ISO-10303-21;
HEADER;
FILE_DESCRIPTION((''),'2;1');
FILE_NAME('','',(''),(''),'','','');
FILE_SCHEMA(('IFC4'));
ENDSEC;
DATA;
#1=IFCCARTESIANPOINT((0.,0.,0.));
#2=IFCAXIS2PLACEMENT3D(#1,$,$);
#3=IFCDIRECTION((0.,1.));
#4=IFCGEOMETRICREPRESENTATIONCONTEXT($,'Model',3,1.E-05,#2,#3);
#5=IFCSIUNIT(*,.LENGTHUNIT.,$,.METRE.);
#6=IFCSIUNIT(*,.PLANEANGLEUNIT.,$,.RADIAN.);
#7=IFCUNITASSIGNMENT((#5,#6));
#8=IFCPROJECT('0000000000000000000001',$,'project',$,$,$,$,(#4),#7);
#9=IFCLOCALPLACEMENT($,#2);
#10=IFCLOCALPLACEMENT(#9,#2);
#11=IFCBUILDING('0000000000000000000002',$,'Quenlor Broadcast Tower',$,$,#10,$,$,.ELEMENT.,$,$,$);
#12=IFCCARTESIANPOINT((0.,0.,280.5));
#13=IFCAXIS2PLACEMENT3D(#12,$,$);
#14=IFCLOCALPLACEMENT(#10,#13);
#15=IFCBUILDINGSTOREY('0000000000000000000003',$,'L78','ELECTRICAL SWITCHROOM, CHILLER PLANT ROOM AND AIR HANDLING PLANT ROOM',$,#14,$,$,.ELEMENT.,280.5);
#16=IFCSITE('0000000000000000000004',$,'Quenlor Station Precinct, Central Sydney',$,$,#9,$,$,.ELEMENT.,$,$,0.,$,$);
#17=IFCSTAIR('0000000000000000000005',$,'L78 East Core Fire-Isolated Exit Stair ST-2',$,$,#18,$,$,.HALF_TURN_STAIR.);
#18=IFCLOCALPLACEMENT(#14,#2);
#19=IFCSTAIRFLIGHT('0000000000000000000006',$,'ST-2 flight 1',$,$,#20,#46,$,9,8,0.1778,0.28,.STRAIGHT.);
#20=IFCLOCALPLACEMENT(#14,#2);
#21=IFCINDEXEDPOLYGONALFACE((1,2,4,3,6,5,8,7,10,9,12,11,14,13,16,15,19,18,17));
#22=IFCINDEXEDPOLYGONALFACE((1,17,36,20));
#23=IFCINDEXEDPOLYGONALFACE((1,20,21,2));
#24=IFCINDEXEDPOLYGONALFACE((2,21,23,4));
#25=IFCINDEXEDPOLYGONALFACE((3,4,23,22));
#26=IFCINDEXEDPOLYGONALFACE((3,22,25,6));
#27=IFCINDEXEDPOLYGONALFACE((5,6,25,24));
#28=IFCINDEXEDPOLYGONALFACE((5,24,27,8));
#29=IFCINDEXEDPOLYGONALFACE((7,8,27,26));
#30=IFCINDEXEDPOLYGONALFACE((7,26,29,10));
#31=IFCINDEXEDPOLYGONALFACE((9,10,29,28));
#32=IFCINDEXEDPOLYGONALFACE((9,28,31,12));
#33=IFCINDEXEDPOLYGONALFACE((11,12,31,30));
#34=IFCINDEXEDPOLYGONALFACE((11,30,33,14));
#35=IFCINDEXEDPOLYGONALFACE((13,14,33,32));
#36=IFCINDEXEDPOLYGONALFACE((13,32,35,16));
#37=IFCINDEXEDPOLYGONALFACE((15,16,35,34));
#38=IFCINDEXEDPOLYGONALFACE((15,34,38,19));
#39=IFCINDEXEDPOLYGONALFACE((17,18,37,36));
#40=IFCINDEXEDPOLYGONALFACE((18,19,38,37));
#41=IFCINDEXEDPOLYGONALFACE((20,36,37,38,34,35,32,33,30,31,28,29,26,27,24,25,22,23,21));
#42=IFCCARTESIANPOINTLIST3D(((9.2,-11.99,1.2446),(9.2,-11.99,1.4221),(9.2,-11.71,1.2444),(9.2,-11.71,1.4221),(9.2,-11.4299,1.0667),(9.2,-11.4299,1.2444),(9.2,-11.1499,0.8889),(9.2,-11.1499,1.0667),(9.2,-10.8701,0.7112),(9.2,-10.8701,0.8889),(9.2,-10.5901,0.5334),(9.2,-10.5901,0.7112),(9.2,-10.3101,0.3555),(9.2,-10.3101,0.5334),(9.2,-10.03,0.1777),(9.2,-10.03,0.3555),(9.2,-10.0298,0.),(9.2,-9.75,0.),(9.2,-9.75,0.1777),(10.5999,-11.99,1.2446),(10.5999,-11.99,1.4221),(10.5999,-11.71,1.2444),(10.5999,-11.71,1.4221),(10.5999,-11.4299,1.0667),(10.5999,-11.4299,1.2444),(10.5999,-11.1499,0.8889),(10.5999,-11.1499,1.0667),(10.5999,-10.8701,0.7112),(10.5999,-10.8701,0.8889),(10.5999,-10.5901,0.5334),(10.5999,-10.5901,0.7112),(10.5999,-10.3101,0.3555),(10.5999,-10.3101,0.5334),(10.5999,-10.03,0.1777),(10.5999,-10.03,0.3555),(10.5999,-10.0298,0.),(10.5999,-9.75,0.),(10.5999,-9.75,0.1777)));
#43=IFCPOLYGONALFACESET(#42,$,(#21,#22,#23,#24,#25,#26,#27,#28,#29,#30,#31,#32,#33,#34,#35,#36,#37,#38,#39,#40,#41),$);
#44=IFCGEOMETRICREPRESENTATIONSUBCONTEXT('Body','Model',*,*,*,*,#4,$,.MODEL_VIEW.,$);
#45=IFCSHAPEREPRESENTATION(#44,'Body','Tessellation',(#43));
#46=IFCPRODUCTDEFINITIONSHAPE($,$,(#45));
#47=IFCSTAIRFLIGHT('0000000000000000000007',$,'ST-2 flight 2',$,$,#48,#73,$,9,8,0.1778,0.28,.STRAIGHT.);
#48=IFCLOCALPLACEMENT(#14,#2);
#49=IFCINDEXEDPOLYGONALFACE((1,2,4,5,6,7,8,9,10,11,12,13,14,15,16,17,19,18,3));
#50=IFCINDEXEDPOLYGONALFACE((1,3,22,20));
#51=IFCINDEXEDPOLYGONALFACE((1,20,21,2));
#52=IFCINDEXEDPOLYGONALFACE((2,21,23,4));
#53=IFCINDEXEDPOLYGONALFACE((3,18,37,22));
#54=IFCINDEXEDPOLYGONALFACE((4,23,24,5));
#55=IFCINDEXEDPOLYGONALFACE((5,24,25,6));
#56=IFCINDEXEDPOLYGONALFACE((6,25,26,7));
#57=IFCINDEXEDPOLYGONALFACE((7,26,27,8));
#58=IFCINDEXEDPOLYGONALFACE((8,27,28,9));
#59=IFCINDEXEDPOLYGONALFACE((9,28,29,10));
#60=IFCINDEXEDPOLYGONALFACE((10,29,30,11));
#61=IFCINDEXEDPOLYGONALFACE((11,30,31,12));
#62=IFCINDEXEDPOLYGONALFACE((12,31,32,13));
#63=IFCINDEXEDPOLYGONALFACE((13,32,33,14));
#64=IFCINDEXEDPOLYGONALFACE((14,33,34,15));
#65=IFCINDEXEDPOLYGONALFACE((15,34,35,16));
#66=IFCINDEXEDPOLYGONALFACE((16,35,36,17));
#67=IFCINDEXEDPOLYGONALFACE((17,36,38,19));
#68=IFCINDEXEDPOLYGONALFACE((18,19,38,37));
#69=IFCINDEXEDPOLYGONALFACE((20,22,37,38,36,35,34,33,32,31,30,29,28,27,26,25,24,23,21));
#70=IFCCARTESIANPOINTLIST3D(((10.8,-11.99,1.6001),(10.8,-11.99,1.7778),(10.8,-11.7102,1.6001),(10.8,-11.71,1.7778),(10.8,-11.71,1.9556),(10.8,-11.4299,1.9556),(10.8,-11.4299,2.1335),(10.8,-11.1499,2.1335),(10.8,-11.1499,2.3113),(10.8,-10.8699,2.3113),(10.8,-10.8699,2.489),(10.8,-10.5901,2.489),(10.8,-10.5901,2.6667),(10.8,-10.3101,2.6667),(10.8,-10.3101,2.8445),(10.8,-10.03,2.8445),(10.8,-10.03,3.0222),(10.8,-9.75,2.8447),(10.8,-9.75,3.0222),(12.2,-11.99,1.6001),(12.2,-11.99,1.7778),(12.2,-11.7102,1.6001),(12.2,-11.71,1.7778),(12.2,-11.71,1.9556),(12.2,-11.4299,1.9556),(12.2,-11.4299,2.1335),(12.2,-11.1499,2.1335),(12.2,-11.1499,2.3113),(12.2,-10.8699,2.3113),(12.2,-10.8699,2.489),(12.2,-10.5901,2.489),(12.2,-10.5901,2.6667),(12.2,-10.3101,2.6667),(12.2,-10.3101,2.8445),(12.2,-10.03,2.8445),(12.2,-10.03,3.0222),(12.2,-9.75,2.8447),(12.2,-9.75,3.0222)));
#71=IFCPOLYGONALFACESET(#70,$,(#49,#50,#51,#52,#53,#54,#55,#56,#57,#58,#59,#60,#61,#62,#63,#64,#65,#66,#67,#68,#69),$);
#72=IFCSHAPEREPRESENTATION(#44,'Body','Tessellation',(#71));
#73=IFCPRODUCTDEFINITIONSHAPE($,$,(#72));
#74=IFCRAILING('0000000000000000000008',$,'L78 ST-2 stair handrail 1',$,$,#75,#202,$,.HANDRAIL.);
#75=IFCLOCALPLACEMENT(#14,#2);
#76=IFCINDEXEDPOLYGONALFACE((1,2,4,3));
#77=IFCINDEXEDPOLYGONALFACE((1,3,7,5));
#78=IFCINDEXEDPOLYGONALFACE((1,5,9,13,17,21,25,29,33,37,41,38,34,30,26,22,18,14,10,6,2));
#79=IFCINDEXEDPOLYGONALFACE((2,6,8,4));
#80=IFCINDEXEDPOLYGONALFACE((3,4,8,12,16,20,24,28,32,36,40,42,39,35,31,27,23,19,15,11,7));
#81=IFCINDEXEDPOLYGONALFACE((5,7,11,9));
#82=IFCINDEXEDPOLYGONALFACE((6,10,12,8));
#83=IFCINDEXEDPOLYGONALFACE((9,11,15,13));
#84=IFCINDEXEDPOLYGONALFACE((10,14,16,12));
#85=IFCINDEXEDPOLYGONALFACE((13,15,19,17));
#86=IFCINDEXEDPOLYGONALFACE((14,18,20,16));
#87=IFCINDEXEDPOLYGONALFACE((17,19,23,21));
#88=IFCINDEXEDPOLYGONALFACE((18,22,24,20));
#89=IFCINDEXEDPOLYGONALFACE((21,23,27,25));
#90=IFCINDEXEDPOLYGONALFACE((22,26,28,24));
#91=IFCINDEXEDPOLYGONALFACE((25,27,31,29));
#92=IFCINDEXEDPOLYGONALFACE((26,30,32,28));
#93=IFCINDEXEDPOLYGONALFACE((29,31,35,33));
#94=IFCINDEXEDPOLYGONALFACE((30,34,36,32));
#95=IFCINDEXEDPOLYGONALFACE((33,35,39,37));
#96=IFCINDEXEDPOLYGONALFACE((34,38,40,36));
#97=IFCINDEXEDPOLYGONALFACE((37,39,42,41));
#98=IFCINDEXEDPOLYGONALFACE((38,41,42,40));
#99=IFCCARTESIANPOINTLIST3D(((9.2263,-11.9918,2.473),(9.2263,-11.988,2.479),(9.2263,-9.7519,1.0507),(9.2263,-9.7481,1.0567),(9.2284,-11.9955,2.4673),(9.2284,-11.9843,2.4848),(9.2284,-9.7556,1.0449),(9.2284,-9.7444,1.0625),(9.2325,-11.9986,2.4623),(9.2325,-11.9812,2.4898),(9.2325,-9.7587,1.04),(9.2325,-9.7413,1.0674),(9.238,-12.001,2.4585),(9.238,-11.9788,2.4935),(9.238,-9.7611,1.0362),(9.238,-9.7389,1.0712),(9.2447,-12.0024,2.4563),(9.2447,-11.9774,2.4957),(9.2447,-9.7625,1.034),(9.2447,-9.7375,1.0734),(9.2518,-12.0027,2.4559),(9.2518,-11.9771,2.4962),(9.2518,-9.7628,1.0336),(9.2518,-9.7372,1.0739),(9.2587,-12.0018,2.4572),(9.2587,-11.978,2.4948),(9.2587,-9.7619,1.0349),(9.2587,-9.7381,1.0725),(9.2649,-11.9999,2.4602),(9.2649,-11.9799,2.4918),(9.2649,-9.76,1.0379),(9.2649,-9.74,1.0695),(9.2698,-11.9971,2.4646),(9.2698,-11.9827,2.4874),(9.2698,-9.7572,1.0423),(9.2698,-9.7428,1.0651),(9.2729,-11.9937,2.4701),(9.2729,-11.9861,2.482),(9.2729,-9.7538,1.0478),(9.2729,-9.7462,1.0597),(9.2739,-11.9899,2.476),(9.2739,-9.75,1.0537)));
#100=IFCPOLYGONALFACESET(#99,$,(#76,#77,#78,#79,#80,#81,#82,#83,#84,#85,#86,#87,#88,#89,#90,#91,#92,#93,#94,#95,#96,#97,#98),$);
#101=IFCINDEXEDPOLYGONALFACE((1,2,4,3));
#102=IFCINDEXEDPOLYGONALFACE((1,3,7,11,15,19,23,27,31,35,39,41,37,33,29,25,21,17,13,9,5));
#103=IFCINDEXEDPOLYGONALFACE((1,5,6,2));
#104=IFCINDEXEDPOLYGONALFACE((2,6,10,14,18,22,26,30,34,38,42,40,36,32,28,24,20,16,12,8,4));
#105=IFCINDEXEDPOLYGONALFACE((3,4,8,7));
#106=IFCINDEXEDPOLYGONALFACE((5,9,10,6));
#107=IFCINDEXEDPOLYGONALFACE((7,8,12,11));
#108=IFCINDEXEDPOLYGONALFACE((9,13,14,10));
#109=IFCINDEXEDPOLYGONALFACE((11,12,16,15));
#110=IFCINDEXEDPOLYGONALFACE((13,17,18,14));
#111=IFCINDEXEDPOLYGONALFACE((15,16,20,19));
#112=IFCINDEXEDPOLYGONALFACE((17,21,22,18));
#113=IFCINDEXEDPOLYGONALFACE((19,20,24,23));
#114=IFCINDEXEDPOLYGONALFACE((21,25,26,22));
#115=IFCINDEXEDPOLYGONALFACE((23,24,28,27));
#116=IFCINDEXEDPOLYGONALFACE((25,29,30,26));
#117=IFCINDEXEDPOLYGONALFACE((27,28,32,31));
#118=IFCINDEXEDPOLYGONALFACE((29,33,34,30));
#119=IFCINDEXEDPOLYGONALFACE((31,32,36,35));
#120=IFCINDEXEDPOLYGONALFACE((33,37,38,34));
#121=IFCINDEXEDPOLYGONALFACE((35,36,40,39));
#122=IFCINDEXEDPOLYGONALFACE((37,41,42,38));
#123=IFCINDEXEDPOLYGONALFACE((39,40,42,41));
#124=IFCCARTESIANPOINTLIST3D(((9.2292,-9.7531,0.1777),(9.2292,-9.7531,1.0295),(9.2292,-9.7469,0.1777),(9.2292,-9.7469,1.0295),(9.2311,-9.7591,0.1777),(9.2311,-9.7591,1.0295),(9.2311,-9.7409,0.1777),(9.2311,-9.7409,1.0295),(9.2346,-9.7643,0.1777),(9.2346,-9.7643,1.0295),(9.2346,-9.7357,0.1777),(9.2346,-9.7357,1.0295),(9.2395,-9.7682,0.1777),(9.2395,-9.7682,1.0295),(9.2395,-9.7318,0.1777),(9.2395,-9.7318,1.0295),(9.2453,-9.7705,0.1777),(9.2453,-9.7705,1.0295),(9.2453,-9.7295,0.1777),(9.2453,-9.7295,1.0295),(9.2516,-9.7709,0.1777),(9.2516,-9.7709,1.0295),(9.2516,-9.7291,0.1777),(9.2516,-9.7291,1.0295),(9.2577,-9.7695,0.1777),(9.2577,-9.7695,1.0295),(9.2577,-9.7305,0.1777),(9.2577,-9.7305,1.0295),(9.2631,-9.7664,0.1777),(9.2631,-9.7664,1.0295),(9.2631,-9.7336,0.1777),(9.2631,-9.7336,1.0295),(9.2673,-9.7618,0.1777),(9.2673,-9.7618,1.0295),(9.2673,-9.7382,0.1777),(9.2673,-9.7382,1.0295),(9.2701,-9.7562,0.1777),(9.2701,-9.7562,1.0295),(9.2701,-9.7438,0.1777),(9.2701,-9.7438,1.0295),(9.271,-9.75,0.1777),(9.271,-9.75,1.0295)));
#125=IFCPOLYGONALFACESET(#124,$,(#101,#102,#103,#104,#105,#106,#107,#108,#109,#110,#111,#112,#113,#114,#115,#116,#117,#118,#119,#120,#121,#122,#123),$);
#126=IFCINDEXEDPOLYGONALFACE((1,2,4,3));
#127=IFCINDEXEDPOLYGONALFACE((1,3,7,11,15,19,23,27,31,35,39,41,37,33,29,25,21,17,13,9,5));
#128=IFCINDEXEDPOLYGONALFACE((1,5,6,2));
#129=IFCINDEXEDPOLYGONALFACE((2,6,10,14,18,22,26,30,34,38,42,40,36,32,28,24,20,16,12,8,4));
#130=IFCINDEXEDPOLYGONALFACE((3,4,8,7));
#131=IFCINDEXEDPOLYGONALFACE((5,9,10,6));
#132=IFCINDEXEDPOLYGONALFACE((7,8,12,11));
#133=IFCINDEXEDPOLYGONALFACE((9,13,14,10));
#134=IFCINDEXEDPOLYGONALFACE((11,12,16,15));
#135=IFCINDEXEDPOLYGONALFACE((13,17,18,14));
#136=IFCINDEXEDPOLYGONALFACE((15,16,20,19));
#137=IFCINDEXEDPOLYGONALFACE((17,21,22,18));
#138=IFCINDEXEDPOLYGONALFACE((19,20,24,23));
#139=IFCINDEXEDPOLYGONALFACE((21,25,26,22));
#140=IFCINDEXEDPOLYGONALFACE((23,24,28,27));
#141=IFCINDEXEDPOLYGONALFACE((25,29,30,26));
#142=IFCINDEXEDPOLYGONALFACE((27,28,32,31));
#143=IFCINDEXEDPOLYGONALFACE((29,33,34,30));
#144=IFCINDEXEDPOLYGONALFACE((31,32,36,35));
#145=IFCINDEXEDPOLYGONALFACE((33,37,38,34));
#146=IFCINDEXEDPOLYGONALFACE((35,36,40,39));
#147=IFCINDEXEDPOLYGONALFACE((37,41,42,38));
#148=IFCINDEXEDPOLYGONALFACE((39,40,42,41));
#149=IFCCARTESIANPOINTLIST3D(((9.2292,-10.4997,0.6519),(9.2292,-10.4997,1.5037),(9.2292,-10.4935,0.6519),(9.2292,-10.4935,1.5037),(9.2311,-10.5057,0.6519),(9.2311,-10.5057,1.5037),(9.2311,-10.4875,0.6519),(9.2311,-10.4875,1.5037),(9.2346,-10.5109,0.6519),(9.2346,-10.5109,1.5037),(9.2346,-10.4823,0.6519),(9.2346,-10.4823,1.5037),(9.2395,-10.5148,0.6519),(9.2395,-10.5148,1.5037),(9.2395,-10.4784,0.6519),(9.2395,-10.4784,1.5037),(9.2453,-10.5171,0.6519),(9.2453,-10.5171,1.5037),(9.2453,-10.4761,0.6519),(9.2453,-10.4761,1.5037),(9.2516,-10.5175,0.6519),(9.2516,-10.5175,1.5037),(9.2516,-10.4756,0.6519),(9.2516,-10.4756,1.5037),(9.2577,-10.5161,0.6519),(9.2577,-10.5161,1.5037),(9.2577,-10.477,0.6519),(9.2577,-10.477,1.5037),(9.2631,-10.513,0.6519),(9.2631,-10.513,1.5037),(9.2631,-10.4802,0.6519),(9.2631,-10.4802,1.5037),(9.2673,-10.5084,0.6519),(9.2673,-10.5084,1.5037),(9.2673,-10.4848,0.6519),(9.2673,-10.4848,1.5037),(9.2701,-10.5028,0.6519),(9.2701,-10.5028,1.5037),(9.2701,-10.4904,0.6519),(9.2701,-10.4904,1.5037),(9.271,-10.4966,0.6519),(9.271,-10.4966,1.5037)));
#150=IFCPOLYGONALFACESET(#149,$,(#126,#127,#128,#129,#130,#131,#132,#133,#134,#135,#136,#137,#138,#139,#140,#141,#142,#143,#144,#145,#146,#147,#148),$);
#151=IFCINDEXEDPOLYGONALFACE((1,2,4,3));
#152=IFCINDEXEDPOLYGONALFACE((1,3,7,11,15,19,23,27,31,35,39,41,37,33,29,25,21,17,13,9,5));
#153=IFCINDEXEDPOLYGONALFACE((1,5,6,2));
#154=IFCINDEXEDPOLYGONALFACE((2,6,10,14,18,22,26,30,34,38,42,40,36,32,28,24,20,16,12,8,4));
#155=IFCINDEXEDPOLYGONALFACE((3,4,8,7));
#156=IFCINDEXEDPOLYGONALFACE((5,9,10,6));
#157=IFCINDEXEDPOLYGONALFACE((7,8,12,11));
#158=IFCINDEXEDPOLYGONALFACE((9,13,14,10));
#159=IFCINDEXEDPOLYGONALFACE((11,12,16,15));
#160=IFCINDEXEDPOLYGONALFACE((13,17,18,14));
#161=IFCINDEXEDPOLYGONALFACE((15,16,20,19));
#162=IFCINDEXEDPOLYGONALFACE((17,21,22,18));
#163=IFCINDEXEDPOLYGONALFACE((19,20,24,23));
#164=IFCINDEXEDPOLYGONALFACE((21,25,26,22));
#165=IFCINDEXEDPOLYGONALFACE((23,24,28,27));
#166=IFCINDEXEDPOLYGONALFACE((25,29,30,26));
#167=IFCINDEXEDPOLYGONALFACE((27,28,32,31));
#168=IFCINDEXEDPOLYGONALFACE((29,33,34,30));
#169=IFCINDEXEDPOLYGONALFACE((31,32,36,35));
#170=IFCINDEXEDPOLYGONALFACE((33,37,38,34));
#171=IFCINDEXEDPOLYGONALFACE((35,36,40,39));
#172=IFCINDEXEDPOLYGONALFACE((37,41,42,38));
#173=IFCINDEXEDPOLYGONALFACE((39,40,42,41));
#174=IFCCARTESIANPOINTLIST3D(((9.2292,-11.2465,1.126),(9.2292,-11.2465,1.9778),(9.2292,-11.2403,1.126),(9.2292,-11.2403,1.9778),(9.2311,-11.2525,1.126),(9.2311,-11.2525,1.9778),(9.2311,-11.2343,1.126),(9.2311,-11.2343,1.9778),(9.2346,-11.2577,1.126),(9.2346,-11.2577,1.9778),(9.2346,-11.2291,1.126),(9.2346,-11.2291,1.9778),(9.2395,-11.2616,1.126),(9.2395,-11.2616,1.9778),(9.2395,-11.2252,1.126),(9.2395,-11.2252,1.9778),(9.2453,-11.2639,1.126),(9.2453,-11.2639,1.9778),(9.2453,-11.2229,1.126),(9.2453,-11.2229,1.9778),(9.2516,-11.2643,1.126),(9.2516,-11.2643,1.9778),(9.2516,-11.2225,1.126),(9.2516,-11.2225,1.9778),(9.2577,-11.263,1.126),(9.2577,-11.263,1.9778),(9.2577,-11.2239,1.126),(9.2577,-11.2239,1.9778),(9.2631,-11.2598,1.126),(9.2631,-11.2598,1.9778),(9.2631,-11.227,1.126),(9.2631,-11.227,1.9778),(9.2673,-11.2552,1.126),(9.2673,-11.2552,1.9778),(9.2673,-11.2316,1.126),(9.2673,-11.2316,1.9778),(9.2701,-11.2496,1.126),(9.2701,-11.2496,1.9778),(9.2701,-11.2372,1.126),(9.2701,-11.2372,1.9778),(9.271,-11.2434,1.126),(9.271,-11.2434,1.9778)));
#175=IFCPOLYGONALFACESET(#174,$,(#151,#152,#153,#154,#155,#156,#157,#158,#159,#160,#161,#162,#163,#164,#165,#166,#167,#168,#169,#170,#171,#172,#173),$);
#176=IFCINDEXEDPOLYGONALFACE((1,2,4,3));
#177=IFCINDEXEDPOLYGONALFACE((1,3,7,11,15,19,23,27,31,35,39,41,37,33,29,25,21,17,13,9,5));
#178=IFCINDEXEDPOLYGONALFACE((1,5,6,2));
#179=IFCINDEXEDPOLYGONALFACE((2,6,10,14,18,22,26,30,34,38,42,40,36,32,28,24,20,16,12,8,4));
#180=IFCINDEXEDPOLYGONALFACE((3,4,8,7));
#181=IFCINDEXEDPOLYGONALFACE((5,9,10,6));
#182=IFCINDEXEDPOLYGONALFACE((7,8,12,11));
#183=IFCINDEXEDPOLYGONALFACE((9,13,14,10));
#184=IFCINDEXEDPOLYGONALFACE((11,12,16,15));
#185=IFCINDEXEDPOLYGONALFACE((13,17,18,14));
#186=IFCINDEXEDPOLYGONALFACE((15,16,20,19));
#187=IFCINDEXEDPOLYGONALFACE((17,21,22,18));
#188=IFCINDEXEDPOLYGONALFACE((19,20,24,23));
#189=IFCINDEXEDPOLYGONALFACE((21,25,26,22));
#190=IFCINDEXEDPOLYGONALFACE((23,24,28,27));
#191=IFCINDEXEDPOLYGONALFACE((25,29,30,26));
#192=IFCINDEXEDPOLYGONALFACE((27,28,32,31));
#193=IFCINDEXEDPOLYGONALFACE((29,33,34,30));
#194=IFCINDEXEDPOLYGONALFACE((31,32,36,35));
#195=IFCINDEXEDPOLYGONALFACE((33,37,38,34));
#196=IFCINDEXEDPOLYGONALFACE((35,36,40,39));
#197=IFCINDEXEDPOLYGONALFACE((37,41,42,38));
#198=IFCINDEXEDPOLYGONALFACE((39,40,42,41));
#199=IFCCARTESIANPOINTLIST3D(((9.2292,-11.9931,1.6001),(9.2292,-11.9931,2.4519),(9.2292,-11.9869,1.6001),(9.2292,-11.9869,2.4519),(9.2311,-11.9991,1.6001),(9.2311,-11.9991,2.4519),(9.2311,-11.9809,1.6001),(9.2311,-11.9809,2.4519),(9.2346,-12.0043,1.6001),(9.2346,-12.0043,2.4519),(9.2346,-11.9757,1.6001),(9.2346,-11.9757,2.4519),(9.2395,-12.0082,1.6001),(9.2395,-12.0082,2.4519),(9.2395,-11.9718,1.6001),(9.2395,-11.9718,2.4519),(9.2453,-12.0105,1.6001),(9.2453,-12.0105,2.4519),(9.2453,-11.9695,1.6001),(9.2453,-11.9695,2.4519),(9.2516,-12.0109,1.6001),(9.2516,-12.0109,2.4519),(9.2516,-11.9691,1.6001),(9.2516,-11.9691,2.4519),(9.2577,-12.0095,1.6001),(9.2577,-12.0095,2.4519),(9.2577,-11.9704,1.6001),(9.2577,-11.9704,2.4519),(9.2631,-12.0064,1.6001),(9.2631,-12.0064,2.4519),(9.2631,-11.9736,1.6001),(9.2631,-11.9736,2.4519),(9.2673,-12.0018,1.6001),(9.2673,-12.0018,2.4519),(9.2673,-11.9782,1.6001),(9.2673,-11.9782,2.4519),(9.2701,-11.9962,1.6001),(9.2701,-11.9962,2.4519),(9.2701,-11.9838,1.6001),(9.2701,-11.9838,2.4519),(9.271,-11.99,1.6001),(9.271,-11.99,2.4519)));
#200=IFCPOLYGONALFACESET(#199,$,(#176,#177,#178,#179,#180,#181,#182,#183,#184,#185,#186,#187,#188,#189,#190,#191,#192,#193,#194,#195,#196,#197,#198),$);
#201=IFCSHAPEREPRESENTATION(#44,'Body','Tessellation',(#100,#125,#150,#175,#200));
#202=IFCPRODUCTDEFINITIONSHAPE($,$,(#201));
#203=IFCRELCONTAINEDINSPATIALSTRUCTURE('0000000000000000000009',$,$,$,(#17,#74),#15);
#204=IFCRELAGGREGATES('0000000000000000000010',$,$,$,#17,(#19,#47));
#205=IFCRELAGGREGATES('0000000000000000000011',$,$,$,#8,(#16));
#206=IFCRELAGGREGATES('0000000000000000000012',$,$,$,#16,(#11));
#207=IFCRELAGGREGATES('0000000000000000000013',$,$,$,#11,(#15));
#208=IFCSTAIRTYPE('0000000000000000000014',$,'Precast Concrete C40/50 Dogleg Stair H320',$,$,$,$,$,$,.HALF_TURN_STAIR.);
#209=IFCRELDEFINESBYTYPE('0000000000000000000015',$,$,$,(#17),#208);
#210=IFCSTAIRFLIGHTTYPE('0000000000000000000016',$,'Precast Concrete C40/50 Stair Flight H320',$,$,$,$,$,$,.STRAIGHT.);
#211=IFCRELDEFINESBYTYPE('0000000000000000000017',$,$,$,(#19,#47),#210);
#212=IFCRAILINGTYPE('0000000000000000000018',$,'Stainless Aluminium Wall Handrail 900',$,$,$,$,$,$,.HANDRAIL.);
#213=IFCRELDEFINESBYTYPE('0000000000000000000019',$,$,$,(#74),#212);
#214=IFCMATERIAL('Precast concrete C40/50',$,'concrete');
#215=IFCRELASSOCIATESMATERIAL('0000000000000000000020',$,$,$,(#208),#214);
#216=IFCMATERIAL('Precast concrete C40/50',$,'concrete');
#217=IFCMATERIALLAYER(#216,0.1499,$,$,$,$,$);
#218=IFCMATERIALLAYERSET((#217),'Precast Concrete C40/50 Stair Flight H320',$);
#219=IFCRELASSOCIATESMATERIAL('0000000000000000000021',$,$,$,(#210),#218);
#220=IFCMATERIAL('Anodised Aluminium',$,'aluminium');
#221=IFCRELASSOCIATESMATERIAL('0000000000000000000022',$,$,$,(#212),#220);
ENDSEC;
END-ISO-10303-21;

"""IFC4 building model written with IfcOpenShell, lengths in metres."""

from ifc_helpers import new_model, si_unit, direction, frame, origin, origin_2d, place, context, subcontext, project, spatial, polyline, circle, outline, extrude, material, layer, layer_set, type_object, element, aggregate, save


model = new_model("IFC4")

# Units and contexts
model_context = context("Model", 3, precision=1e-05, world=origin(), true_north=direction((0.0, 1.0)))
body_context = subcontext(model_context, "Body", "Model", "MODEL_VIEW")
ifc_project = project(units=[si_unit("LENGTHUNIT", "METRE"), si_unit("PLANEANGLEUNIT", "RADIAN")], contexts=[model_context])

# Site, building, storey
site_placement = place(None, origin())
site = spatial("IfcSite", under=ifc_project, at=site_placement, Name="Quenlor Station Precinct, Central Sydney", CompositionType="ELEMENT", RefElevation=0.0)
building_placement = place(site_placement, origin())
building = spatial("IfcBuilding", under=site, at=building_placement, Name="Quenlor Broadcast Tower", CompositionType="ELEMENT")
storey_placement = place(building_placement, frame((0.0, 0.0, 280.5)))
storey = spatial("IfcBuildingStorey", under=building, at=storey_placement, Name="L78", Description="ELECTRICAL SWITCHROOM, CHILLER PLANT ROOM AND AIR HANDLING PLANT ROOM", CompositionType="ELEMENT", Elevation=280.5)

# Stair, stair flights
ifc_material_1 = material(Name="Precast concrete C40/50", Category="concrete")
stair_type = type_object("IfcStairType", Name="Precast Concrete C40/50 Dogleg Stair H320", PredefinedType="HALF_TURN_STAIR", material=ifc_material_1)
stair_placement = place(storey_placement, origin())
stair = element("IfcStair", 1, at=stair_placement, inside=storey, type_object=stair_type, Name="L78 East Core Fire-Isolated Exit Stair ST-2", PredefinedType="HALF_TURN_STAIR")
ifc_material_2 = material(Name="Precast concrete C40/50", Category="concrete")
ifc_layer_1 = layer(ifc_material_2, 0.1499)
ifc_layer_set_1 = layer_set([ifc_layer_1], Name="Precast Concrete C40/50 Stair Flight H320")
stair_flight_type = type_object("IfcStairFlightType", Name="Precast Concrete C40/50 Stair Flight H320", PredefinedType="STRAIGHT", material=ifc_layer_set_1)
stair_flight_1_placement = place(storey_placement, frame((9.8999, -9.75, 0.0), z_axis=(0.0, 0.0, 1.0), x_axis=(0.0, -1.0, 0.0)))
stair_flight_1 = element("IfcStairFlight", 2, at=stair_flight_1_placement, type_object=stair_flight_type, Name="ST-2 flight 1", NumberOfRisers=9, NumberOfTreads=8, PredefinedType="STRAIGHT", RiserHeight=0.1778, TreadLength=0.28, context=body_context, shape_type="SweptSolid", body=[
    extrude(outline(polyline([(0.0, 0.0), (0.0, 0.1777), (0.28, 0.1777), (0.28, 0.3555), (0.5601, 0.3555), (0.5601, 0.5334), (0.8401, 0.5334), (0.8401, 0.7112), (1.1201, 0.7112), (1.1201, 0.8889), (1.3999, 0.8889), (1.3999, 1.0667), (1.6799, 1.0667), (1.6799, 1.2444), (1.96, 1.2444), (1.96, 1.4221), (2.24, 1.4221), (2.24, 1.6001), (2.24, 1.2446), (0.2798, 0.0), (0.0, 0.0)])), frame((0.0, 0.7, 0.0), z_axis=(0.0, -1.0, 0.0), x_axis=(1.0, 0.0, 0.0)), (0.0, 0.0, 1.0), 1.3999),
])
stair_flight_2_placement = place(storey_placement, frame((11.5, -11.99, 1.6001), z_axis=(0.0, 0.0, 1.0), x_axis=(0.0, 1.0, 0.0)))
stair_flight_2 = element("IfcStairFlight", 3, at=stair_flight_2_placement, type_object=stair_flight_type, Name="ST-2 flight 2", NumberOfRisers=9, NumberOfTreads=8, PredefinedType="STRAIGHT", RiserHeight=0.1778, TreadLength=0.28, context=body_context, shape_type="SweptSolid", body=[
    extrude(outline(polyline([(0.0, 0.0), (0.0, 0.1777), (0.28, 0.1777), (0.28, 0.3555), (0.5601, 0.3555), (0.5601, 0.5334), (0.8401, 0.5334), (0.8401, 0.7112), (1.1201, 0.7112), (1.1201, 0.8889), (1.3999, 0.8889), (1.3999, 1.0667), (1.6799, 1.0667), (1.6799, 1.2444), (1.96, 1.2444), (1.96, 1.4221), (2.24, 1.4221), (2.24, 1.6001), (2.24, 1.2446), (0.2798, 0.0), (0.0, 0.0)])), frame((0.0, 0.7, 0.0), z_axis=(0.0, -1.0, 0.0), x_axis=(1.0, 0.0, 0.0)), (0.0, 0.0, 1.0), 1.3999),
])
aggregate(stair, [stair_flight_1, stair_flight_2])

# Railing
ifc_material_3 = material(Name="Anodised Aluminium", Category="aluminium")
railing_type_1 = type_object("IfcRailingType", Name="Stainless Aluminium Wall Handrail 900", PredefinedType="HANDRAIL", material=ifc_material_3)
railing_1_placement = place(storey_placement, frame((9.25, -9.75, 0.1777)))
element("IfcRailing", 4, at=railing_1_placement, inside=storey, type_object=railing_type_1, Name="L78 ST-2 stair handrail 1", PredefinedType="HANDRAIL", context=body_context, shape_type="SweptSolid", body=[
    extrude(circle(Radius=0.0239, at=origin_2d()), frame((0.0, 0.0, 0.876), z_axis=(0.0, -0.844188, 0.536048), x_axis=(1.0, 0.0, 0.0)), (0.0, 0.0, 1.0), 2.6533),
    extrude(circle(Radius=0.021, at=origin_2d()), origin(), (0.0, 0.0, 1.0), 0.8518),
    extrude(circle(Radius=0.021, at=origin_2d()), frame((0.0, -0.7466, 0.4741)), (0.0, 0.0, 1.0), 0.8518),
    extrude(circle(Radius=0.021, at=origin_2d()), frame((0.0, -1.4934, 0.9482)), (0.0, 0.0, 1.0), 0.8518),
    extrude(circle(Radius=0.021, at=origin_2d()), frame((0.0, -2.24, 1.4224)), (0.0, 0.0, 1.0), 0.8518),
])

save(model, "model.ifc")
